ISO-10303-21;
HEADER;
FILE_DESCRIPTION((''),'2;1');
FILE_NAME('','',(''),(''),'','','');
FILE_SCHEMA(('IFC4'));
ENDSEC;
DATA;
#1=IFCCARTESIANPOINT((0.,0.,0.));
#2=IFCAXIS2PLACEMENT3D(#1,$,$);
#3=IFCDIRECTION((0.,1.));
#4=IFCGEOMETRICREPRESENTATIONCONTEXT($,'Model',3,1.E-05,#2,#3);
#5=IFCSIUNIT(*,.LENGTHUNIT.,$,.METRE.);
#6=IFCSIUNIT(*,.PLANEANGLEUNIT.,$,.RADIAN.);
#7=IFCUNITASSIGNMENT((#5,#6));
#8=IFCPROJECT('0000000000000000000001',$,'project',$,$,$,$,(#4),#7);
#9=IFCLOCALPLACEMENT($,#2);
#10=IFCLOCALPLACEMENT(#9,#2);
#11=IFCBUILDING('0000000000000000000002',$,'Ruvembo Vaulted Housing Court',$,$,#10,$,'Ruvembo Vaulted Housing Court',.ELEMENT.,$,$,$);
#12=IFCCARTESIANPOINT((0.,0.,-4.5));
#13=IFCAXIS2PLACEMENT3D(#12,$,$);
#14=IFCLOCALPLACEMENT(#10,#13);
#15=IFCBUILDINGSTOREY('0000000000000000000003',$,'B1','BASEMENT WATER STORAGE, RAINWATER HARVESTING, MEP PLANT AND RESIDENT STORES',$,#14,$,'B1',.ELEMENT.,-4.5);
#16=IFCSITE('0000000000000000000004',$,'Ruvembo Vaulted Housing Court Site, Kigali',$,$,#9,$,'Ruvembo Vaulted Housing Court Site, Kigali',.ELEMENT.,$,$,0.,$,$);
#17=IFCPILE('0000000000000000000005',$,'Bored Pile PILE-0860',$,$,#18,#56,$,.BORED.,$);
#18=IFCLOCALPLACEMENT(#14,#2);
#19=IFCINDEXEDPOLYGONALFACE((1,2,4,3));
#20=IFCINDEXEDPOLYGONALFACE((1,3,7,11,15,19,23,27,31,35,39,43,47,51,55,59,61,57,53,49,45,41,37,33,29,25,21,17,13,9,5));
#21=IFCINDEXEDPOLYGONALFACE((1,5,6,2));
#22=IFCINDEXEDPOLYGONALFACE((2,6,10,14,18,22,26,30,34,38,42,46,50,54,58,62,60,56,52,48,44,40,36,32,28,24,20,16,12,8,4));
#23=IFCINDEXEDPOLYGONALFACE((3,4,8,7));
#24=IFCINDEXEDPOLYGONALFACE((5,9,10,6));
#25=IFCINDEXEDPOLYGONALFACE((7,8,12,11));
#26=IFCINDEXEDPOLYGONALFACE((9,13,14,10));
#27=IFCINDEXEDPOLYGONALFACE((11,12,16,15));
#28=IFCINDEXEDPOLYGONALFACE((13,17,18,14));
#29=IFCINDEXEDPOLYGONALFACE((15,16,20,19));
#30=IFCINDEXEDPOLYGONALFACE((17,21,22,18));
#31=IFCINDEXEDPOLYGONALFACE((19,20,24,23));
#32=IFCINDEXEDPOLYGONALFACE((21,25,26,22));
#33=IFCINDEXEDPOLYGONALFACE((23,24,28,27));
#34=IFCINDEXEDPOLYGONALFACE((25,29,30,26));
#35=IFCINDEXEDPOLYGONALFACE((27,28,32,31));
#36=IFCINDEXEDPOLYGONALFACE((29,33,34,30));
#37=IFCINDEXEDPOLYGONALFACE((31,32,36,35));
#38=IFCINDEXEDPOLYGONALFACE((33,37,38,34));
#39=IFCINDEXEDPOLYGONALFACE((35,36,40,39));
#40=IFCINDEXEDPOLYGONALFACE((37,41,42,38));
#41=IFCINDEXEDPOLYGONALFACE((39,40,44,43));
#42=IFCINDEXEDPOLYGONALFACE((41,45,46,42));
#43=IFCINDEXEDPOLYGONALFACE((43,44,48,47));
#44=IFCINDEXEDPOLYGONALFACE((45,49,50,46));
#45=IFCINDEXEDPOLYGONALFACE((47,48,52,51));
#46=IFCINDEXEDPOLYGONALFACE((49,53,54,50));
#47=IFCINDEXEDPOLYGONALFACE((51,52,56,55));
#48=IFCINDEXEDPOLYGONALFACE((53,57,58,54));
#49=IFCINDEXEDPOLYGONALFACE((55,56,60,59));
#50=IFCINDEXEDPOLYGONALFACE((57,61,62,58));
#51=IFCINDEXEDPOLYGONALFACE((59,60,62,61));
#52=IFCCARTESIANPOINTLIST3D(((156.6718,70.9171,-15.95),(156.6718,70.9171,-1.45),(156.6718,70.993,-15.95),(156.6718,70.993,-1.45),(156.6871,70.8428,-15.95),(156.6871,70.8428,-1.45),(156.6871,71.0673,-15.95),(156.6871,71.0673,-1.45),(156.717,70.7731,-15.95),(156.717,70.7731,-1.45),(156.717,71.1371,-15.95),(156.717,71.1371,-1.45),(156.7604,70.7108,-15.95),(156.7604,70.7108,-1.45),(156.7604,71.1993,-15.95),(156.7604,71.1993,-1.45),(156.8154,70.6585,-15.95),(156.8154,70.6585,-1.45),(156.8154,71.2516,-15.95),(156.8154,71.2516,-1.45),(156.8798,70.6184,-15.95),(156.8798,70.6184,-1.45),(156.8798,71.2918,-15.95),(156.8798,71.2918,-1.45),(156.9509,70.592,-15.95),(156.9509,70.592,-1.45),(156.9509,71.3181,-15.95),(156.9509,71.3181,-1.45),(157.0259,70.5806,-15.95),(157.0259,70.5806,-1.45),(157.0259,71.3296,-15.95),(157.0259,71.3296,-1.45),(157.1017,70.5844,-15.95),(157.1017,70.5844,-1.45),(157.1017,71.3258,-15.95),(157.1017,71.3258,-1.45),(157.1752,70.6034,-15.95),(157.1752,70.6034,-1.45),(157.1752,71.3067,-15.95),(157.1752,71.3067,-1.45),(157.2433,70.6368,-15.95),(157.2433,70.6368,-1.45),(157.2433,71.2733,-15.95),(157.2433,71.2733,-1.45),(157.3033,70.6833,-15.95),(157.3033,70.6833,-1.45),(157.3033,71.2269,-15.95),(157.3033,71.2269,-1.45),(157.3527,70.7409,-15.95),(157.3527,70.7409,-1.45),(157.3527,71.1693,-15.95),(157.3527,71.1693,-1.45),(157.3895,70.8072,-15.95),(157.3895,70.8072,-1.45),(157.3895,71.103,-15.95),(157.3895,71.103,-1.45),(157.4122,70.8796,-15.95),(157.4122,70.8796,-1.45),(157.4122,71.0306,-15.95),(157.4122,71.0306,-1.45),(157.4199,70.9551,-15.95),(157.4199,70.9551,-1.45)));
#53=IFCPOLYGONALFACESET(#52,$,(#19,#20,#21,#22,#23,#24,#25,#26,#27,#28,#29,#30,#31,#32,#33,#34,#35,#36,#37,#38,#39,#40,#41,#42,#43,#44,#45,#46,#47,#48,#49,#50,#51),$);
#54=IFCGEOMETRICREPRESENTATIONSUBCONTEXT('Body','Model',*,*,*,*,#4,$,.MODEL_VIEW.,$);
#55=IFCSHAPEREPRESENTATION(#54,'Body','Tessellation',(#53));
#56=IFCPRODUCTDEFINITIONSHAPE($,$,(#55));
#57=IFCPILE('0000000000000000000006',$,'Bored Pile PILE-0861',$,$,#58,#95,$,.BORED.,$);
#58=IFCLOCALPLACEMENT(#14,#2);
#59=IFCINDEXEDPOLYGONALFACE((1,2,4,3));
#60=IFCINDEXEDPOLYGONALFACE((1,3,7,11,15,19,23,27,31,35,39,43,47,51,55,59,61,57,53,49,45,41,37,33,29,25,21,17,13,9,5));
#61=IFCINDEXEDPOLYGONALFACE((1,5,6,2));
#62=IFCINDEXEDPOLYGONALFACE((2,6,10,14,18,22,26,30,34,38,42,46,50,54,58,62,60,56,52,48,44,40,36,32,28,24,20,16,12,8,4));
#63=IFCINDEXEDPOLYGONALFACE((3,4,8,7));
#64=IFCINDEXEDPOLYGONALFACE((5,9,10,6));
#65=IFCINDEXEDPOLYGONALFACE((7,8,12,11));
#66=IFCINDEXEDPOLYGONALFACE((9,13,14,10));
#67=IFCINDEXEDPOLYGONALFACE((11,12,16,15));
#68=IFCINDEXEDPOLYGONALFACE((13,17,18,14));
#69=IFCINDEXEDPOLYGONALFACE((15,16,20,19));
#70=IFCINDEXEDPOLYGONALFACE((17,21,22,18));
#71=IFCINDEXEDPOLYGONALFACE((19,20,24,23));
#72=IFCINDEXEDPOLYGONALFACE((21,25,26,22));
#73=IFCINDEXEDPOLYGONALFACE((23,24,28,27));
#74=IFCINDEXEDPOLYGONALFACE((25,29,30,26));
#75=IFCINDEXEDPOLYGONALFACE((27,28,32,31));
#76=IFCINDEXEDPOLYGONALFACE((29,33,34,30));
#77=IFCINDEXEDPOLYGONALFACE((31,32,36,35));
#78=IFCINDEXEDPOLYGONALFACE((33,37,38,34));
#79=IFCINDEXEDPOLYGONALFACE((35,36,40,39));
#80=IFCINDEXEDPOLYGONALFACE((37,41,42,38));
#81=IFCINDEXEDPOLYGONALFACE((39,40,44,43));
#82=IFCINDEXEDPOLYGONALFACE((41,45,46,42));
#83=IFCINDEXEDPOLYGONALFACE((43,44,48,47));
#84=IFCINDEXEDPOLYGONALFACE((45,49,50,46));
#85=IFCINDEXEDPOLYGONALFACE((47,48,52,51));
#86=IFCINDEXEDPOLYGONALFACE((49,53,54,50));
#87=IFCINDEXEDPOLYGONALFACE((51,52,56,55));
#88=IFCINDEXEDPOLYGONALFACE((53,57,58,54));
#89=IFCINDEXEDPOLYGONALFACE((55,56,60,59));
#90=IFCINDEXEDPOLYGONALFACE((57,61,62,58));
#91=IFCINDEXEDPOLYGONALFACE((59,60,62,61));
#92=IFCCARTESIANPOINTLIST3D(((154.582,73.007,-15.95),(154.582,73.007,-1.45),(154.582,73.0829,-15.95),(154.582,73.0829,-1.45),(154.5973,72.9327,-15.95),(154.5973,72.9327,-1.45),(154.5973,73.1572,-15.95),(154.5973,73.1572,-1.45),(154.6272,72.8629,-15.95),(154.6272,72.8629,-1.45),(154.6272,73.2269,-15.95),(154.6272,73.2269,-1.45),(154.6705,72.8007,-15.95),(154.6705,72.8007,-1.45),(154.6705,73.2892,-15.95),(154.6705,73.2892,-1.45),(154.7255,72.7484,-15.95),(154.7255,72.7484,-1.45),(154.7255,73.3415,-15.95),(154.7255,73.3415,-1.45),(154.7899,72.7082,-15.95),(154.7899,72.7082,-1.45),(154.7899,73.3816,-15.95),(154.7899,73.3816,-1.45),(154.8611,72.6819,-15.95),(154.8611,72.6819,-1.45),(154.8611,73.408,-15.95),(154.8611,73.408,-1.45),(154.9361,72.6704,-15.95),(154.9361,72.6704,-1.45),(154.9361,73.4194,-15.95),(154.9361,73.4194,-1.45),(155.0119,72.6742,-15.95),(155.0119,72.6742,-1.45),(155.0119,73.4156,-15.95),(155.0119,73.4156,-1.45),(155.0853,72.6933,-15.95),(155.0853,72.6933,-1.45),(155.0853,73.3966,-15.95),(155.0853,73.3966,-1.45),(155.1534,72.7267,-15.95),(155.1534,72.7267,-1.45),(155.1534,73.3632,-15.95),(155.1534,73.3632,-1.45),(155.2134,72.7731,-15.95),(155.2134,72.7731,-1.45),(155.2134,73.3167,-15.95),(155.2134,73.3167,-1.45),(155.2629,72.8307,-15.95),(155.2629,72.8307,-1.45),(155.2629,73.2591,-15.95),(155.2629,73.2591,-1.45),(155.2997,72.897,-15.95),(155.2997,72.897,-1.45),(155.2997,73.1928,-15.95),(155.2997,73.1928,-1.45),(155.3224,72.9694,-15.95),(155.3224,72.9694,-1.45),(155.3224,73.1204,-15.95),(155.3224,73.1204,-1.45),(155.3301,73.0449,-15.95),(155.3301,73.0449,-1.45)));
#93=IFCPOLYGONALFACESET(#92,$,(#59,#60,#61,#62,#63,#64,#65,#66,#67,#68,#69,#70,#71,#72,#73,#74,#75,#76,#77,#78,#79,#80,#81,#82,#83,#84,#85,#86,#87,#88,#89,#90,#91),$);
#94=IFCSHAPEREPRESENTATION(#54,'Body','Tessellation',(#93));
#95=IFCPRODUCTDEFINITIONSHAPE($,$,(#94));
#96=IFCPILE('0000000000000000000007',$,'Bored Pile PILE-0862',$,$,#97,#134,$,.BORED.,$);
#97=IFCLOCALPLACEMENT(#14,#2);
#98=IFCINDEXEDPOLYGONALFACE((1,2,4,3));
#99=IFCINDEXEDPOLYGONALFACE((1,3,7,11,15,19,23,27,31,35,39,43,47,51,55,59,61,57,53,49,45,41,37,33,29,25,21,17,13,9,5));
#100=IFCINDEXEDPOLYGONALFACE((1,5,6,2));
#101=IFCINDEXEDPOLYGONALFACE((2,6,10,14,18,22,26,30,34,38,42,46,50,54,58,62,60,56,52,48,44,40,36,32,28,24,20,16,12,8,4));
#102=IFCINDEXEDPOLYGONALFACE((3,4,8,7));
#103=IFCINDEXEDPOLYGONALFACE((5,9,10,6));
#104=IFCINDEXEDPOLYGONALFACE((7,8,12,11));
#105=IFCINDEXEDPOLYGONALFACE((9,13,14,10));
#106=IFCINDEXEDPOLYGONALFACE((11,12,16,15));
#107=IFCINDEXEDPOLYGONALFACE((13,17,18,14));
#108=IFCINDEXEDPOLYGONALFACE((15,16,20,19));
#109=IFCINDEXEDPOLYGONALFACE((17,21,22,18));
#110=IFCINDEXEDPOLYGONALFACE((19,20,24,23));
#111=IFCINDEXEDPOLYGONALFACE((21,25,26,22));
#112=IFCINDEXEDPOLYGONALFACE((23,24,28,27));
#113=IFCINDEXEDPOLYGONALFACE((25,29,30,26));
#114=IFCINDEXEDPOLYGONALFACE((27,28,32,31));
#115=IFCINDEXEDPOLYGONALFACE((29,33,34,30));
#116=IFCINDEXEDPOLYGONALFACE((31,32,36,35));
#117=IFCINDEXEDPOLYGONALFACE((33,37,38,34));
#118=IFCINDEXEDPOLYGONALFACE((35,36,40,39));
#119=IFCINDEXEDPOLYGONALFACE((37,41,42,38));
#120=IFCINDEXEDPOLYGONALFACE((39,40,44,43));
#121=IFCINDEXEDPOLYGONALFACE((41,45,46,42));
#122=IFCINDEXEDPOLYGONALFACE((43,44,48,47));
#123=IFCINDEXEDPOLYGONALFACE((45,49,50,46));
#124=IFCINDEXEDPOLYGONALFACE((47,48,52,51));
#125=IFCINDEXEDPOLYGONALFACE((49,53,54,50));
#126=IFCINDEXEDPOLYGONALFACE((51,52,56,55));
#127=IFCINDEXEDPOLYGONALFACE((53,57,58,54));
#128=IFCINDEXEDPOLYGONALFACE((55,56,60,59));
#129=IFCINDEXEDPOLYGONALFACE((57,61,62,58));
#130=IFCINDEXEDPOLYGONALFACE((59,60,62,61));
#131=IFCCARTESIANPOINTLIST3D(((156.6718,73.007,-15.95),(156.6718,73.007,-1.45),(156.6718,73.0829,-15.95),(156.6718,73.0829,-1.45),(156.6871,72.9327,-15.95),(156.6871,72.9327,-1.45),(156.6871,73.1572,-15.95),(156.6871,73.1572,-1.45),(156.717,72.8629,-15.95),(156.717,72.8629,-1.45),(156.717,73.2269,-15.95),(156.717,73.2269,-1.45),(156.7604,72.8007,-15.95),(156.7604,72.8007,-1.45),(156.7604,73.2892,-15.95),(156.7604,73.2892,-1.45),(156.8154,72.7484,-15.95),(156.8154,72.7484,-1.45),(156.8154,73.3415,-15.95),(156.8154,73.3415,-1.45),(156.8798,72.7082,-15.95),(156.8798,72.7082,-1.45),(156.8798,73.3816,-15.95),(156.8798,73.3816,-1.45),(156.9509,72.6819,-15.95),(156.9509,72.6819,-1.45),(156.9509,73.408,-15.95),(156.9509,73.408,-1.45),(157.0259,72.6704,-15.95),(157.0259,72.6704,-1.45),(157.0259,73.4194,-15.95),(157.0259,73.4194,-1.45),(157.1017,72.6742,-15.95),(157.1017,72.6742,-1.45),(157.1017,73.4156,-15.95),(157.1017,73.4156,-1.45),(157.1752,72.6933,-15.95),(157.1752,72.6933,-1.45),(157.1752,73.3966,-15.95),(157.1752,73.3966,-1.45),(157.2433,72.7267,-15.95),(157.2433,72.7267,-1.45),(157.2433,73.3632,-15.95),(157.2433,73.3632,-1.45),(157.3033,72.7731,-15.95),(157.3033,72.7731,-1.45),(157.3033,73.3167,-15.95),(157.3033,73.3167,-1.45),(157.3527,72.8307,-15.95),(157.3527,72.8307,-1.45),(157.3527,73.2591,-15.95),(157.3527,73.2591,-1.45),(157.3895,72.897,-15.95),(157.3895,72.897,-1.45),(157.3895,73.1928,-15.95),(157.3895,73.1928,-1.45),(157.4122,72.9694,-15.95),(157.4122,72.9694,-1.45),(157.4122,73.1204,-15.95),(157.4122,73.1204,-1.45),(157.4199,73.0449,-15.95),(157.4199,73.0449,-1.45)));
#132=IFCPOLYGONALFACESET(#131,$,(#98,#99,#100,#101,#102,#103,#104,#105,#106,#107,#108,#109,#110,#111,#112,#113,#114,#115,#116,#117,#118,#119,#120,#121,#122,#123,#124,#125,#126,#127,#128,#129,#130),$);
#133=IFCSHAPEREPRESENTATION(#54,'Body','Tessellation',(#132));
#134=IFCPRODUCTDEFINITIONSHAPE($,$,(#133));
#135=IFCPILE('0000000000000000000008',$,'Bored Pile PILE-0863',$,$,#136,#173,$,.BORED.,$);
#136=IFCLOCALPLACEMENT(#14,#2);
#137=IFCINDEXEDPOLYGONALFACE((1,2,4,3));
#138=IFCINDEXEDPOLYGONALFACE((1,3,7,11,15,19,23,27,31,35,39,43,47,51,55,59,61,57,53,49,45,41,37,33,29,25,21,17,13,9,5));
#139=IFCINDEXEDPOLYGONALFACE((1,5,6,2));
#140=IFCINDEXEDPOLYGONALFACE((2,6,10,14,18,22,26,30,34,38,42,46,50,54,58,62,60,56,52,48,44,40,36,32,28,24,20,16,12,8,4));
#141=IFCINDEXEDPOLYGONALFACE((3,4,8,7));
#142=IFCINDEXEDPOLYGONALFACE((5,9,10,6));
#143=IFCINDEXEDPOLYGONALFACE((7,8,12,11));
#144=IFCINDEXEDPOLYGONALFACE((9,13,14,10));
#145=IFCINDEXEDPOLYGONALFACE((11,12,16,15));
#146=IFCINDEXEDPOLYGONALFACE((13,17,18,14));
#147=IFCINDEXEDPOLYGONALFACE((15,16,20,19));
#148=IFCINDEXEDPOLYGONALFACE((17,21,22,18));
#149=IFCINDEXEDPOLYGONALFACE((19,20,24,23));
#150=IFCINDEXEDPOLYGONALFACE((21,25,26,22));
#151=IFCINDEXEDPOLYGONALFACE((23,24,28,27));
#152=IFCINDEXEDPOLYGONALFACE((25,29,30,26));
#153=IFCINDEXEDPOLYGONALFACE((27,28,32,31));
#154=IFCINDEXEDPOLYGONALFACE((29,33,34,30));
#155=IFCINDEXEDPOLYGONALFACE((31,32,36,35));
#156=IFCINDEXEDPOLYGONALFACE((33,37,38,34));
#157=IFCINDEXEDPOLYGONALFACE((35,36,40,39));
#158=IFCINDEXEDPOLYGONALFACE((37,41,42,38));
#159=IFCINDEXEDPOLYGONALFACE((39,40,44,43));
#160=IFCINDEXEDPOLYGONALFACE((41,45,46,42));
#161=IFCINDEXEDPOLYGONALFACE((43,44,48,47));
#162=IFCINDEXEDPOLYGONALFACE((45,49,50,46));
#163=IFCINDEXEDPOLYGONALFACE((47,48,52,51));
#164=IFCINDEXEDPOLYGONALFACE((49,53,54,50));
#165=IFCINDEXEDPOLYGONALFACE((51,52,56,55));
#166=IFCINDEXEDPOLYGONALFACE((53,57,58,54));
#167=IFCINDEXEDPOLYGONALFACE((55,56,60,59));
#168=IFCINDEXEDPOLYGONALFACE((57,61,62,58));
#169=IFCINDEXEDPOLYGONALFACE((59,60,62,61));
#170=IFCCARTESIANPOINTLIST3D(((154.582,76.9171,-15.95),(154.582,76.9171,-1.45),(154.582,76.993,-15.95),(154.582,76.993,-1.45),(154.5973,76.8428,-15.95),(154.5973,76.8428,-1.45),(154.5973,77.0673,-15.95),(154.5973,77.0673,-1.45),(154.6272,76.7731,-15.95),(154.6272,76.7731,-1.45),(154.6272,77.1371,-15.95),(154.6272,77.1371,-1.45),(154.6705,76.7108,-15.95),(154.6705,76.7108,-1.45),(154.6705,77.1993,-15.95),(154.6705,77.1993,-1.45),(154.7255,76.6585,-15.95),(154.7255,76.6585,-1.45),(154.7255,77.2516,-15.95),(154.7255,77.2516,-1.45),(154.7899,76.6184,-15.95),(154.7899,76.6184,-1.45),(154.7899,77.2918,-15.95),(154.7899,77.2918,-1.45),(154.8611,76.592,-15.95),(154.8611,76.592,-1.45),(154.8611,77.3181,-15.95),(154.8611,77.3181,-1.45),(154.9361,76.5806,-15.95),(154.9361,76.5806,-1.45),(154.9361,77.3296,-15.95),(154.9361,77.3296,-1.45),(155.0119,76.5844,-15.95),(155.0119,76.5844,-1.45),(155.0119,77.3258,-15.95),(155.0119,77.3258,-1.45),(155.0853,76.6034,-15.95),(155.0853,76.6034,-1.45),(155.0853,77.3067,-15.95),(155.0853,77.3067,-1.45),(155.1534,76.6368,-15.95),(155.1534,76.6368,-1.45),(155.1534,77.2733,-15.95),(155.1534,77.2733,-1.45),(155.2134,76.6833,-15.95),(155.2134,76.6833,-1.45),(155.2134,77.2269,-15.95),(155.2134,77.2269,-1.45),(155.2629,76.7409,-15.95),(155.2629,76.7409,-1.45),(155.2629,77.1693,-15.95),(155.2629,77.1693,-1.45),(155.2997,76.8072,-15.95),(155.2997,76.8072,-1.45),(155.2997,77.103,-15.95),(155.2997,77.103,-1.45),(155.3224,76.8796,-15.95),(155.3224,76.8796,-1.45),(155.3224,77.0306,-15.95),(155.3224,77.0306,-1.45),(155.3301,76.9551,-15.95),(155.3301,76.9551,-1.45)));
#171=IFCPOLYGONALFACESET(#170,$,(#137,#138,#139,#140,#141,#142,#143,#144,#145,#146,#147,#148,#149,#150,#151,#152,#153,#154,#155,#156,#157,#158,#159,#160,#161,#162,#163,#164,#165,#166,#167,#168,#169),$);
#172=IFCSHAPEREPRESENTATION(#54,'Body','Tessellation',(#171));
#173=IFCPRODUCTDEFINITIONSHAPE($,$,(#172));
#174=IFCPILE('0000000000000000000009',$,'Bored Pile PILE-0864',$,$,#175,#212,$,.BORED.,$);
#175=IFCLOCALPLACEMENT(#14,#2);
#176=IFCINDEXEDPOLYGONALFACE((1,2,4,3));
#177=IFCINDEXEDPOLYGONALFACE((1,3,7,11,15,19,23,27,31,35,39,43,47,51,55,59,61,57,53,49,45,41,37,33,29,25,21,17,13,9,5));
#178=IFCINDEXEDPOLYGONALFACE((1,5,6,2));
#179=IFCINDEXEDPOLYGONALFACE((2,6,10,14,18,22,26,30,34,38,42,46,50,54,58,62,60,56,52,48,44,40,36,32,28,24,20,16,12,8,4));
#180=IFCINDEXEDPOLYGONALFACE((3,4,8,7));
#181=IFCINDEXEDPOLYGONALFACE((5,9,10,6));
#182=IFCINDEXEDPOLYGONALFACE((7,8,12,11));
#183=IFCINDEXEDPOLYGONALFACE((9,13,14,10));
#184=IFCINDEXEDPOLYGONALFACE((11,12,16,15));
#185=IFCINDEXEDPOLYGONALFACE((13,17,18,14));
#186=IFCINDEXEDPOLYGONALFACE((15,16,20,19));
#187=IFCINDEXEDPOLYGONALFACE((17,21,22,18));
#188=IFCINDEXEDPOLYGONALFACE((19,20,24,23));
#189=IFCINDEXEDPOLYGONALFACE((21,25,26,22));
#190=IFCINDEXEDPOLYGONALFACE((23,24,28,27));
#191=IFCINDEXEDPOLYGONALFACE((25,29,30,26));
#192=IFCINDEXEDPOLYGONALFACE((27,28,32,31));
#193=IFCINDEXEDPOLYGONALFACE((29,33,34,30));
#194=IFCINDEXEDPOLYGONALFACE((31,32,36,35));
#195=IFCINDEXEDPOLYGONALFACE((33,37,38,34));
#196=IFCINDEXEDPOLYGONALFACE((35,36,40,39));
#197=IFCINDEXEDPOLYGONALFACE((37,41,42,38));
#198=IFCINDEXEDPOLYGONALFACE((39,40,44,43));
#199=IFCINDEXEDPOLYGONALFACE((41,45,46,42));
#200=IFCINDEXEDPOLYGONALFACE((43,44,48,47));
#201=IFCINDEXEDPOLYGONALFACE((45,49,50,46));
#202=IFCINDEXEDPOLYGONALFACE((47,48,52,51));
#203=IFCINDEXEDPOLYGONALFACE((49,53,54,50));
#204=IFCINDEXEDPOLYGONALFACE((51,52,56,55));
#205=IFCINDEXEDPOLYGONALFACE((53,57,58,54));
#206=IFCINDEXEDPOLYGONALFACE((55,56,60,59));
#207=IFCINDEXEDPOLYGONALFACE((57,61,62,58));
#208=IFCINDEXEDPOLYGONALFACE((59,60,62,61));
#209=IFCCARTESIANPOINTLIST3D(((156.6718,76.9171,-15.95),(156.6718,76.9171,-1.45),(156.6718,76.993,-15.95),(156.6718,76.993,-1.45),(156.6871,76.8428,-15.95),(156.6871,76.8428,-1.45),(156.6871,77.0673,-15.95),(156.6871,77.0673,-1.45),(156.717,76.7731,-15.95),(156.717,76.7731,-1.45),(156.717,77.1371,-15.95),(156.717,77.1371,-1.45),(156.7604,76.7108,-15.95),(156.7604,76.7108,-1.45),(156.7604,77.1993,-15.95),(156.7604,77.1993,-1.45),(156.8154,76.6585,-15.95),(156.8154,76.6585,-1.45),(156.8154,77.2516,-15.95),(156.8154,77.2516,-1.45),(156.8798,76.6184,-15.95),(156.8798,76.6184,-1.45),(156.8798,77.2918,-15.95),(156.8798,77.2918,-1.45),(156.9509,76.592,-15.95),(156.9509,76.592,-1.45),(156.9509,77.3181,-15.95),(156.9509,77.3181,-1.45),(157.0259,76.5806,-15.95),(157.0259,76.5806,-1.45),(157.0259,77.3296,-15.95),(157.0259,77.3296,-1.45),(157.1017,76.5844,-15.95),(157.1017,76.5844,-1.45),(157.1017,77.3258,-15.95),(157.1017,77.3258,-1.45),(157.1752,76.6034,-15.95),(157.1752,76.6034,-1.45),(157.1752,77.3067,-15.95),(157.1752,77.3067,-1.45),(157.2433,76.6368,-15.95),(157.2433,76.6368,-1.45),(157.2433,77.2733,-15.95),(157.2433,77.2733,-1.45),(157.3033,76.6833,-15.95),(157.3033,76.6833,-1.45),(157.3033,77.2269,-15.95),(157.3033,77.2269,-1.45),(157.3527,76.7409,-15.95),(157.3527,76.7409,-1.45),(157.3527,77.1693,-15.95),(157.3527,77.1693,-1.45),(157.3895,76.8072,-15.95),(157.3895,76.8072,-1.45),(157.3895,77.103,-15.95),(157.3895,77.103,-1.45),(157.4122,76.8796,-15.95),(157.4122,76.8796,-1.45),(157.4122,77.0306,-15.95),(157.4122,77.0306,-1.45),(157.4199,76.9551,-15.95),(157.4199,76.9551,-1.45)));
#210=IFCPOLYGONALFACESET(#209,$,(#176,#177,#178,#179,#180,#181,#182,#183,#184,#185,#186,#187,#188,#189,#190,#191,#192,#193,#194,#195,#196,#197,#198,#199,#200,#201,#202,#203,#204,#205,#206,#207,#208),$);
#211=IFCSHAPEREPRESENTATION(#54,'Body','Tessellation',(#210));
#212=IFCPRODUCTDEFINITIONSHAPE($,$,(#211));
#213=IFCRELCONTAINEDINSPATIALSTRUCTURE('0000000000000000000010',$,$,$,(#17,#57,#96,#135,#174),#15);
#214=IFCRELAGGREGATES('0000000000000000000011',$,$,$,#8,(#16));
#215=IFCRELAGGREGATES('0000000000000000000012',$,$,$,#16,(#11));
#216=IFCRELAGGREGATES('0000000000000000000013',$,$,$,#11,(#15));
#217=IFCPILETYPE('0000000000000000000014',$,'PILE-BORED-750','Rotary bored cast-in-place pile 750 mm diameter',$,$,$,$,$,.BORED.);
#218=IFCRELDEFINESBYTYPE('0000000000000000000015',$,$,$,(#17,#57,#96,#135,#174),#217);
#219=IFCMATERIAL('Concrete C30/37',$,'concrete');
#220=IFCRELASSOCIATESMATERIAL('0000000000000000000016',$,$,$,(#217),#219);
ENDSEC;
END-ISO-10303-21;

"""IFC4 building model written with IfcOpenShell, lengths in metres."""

from ifc_helpers import new_model, si_unit, direction, frame, origin, origin_2d, place, context, subcontext, project, spatial, circle, extrude, material, material_profile, profile_set, type_object, element, save


model = new_model("IFC4")

# Units and contexts
model_context = context("Model", 3, precision=1e-05, world=origin(), true_north=direction((0.0, 1.0)))
body_context = subcontext(model_context, "Body", "Model", "MODEL_VIEW")
ifc_project = project(units=[si_unit("LENGTHUNIT", "METRE"), si_unit("PLANEANGLEUNIT", "RADIAN")], contexts=[model_context])

# Site, building, storey
site_placement = place(None, origin())
site = spatial("IfcSite", under=ifc_project, at=site_placement, Name="Ruvembo Vaulted Housing Court Site, Kigali", LongName="Ruvembo Vaulted Housing Court Site, Kigali", CompositionType="ELEMENT", RefElevation=0.0)
building_placement = place(site_placement, origin())
building = spatial("IfcBuilding", under=site, at=building_placement, Name="Ruvembo Vaulted Housing Court", LongName="Ruvembo Vaulted Housing Court", CompositionType="ELEMENT")
storey_placement = place(building_placement, frame((0.0, 0.0, -4.5)))
storey = spatial("IfcBuildingStorey", under=building, at=storey_placement, Name="B1", Description="BASEMENT WATER STORAGE, RAINWATER HARVESTING, MEP PLANT AND RESIDENT STORES", LongName="B1", CompositionType="ELEMENT", Elevation=-4.5)

# Piles
ifc_material_1 = material(Name="Concrete C30/37", Category="concrete")
ifc_material_profile_1 = material_profile(ifc_material_1, circle(Radius=0.375, at=origin_2d()), Name="PILE D750")
ifc_profile_set_1 = profile_set([ifc_material_profile_1], Name="Concrete C30/37")
pile_type_1 = type_object("IfcPileType", Name="PILE-BORED-750", Description="Rotary bored cast-in-place pile 750 mm diameter", PredefinedType="BORED", material=ifc_profile_set_1)
for number, where, z_axis, x_axis, name in (
    (1, (157.0449, 70.9551, -1.45), (0.0, 0.0, -1.0), (1.0, 0.0, 0.0), "Bored Pile PILE-0860"),
    (2, (154.9551, 73.0449, -1.45), (0.0, 0.0, -1.0), (1.0, 0.0, 0.0), "Bored Pile PILE-0861"),
    (3, (157.0449, 73.0449, -1.45), (0.0, 0.0, -1.0), (1.0, 0.0, 0.0), "Bored Pile PILE-0862"),
    (4, (154.9551, 76.9551, -1.45), (0.0, 0.0, -1.0), (1.0, 0.0, 0.0), "Bored Pile PILE-0863"),
    (5, (157.0449, 76.9551, -1.45), (0.0, 0.0, -1.0), (1.0, 0.0, 0.0), "Bored Pile PILE-0864"),
):
    element("IfcPile", number, at=place(storey_placement, frame(where, z_axis=z_axis, x_axis=x_axis)), inside=storey, type_object=pile_type_1, Name=name, PredefinedType="BORED", context=body_context, shape_type="SweptSolid", body=[
        extrude(circle(Radius=0.375, at=origin_2d()), origin(), (0.0, 0.0, 1.0), 14.5),
    ])

save(model, "model.ifc")
